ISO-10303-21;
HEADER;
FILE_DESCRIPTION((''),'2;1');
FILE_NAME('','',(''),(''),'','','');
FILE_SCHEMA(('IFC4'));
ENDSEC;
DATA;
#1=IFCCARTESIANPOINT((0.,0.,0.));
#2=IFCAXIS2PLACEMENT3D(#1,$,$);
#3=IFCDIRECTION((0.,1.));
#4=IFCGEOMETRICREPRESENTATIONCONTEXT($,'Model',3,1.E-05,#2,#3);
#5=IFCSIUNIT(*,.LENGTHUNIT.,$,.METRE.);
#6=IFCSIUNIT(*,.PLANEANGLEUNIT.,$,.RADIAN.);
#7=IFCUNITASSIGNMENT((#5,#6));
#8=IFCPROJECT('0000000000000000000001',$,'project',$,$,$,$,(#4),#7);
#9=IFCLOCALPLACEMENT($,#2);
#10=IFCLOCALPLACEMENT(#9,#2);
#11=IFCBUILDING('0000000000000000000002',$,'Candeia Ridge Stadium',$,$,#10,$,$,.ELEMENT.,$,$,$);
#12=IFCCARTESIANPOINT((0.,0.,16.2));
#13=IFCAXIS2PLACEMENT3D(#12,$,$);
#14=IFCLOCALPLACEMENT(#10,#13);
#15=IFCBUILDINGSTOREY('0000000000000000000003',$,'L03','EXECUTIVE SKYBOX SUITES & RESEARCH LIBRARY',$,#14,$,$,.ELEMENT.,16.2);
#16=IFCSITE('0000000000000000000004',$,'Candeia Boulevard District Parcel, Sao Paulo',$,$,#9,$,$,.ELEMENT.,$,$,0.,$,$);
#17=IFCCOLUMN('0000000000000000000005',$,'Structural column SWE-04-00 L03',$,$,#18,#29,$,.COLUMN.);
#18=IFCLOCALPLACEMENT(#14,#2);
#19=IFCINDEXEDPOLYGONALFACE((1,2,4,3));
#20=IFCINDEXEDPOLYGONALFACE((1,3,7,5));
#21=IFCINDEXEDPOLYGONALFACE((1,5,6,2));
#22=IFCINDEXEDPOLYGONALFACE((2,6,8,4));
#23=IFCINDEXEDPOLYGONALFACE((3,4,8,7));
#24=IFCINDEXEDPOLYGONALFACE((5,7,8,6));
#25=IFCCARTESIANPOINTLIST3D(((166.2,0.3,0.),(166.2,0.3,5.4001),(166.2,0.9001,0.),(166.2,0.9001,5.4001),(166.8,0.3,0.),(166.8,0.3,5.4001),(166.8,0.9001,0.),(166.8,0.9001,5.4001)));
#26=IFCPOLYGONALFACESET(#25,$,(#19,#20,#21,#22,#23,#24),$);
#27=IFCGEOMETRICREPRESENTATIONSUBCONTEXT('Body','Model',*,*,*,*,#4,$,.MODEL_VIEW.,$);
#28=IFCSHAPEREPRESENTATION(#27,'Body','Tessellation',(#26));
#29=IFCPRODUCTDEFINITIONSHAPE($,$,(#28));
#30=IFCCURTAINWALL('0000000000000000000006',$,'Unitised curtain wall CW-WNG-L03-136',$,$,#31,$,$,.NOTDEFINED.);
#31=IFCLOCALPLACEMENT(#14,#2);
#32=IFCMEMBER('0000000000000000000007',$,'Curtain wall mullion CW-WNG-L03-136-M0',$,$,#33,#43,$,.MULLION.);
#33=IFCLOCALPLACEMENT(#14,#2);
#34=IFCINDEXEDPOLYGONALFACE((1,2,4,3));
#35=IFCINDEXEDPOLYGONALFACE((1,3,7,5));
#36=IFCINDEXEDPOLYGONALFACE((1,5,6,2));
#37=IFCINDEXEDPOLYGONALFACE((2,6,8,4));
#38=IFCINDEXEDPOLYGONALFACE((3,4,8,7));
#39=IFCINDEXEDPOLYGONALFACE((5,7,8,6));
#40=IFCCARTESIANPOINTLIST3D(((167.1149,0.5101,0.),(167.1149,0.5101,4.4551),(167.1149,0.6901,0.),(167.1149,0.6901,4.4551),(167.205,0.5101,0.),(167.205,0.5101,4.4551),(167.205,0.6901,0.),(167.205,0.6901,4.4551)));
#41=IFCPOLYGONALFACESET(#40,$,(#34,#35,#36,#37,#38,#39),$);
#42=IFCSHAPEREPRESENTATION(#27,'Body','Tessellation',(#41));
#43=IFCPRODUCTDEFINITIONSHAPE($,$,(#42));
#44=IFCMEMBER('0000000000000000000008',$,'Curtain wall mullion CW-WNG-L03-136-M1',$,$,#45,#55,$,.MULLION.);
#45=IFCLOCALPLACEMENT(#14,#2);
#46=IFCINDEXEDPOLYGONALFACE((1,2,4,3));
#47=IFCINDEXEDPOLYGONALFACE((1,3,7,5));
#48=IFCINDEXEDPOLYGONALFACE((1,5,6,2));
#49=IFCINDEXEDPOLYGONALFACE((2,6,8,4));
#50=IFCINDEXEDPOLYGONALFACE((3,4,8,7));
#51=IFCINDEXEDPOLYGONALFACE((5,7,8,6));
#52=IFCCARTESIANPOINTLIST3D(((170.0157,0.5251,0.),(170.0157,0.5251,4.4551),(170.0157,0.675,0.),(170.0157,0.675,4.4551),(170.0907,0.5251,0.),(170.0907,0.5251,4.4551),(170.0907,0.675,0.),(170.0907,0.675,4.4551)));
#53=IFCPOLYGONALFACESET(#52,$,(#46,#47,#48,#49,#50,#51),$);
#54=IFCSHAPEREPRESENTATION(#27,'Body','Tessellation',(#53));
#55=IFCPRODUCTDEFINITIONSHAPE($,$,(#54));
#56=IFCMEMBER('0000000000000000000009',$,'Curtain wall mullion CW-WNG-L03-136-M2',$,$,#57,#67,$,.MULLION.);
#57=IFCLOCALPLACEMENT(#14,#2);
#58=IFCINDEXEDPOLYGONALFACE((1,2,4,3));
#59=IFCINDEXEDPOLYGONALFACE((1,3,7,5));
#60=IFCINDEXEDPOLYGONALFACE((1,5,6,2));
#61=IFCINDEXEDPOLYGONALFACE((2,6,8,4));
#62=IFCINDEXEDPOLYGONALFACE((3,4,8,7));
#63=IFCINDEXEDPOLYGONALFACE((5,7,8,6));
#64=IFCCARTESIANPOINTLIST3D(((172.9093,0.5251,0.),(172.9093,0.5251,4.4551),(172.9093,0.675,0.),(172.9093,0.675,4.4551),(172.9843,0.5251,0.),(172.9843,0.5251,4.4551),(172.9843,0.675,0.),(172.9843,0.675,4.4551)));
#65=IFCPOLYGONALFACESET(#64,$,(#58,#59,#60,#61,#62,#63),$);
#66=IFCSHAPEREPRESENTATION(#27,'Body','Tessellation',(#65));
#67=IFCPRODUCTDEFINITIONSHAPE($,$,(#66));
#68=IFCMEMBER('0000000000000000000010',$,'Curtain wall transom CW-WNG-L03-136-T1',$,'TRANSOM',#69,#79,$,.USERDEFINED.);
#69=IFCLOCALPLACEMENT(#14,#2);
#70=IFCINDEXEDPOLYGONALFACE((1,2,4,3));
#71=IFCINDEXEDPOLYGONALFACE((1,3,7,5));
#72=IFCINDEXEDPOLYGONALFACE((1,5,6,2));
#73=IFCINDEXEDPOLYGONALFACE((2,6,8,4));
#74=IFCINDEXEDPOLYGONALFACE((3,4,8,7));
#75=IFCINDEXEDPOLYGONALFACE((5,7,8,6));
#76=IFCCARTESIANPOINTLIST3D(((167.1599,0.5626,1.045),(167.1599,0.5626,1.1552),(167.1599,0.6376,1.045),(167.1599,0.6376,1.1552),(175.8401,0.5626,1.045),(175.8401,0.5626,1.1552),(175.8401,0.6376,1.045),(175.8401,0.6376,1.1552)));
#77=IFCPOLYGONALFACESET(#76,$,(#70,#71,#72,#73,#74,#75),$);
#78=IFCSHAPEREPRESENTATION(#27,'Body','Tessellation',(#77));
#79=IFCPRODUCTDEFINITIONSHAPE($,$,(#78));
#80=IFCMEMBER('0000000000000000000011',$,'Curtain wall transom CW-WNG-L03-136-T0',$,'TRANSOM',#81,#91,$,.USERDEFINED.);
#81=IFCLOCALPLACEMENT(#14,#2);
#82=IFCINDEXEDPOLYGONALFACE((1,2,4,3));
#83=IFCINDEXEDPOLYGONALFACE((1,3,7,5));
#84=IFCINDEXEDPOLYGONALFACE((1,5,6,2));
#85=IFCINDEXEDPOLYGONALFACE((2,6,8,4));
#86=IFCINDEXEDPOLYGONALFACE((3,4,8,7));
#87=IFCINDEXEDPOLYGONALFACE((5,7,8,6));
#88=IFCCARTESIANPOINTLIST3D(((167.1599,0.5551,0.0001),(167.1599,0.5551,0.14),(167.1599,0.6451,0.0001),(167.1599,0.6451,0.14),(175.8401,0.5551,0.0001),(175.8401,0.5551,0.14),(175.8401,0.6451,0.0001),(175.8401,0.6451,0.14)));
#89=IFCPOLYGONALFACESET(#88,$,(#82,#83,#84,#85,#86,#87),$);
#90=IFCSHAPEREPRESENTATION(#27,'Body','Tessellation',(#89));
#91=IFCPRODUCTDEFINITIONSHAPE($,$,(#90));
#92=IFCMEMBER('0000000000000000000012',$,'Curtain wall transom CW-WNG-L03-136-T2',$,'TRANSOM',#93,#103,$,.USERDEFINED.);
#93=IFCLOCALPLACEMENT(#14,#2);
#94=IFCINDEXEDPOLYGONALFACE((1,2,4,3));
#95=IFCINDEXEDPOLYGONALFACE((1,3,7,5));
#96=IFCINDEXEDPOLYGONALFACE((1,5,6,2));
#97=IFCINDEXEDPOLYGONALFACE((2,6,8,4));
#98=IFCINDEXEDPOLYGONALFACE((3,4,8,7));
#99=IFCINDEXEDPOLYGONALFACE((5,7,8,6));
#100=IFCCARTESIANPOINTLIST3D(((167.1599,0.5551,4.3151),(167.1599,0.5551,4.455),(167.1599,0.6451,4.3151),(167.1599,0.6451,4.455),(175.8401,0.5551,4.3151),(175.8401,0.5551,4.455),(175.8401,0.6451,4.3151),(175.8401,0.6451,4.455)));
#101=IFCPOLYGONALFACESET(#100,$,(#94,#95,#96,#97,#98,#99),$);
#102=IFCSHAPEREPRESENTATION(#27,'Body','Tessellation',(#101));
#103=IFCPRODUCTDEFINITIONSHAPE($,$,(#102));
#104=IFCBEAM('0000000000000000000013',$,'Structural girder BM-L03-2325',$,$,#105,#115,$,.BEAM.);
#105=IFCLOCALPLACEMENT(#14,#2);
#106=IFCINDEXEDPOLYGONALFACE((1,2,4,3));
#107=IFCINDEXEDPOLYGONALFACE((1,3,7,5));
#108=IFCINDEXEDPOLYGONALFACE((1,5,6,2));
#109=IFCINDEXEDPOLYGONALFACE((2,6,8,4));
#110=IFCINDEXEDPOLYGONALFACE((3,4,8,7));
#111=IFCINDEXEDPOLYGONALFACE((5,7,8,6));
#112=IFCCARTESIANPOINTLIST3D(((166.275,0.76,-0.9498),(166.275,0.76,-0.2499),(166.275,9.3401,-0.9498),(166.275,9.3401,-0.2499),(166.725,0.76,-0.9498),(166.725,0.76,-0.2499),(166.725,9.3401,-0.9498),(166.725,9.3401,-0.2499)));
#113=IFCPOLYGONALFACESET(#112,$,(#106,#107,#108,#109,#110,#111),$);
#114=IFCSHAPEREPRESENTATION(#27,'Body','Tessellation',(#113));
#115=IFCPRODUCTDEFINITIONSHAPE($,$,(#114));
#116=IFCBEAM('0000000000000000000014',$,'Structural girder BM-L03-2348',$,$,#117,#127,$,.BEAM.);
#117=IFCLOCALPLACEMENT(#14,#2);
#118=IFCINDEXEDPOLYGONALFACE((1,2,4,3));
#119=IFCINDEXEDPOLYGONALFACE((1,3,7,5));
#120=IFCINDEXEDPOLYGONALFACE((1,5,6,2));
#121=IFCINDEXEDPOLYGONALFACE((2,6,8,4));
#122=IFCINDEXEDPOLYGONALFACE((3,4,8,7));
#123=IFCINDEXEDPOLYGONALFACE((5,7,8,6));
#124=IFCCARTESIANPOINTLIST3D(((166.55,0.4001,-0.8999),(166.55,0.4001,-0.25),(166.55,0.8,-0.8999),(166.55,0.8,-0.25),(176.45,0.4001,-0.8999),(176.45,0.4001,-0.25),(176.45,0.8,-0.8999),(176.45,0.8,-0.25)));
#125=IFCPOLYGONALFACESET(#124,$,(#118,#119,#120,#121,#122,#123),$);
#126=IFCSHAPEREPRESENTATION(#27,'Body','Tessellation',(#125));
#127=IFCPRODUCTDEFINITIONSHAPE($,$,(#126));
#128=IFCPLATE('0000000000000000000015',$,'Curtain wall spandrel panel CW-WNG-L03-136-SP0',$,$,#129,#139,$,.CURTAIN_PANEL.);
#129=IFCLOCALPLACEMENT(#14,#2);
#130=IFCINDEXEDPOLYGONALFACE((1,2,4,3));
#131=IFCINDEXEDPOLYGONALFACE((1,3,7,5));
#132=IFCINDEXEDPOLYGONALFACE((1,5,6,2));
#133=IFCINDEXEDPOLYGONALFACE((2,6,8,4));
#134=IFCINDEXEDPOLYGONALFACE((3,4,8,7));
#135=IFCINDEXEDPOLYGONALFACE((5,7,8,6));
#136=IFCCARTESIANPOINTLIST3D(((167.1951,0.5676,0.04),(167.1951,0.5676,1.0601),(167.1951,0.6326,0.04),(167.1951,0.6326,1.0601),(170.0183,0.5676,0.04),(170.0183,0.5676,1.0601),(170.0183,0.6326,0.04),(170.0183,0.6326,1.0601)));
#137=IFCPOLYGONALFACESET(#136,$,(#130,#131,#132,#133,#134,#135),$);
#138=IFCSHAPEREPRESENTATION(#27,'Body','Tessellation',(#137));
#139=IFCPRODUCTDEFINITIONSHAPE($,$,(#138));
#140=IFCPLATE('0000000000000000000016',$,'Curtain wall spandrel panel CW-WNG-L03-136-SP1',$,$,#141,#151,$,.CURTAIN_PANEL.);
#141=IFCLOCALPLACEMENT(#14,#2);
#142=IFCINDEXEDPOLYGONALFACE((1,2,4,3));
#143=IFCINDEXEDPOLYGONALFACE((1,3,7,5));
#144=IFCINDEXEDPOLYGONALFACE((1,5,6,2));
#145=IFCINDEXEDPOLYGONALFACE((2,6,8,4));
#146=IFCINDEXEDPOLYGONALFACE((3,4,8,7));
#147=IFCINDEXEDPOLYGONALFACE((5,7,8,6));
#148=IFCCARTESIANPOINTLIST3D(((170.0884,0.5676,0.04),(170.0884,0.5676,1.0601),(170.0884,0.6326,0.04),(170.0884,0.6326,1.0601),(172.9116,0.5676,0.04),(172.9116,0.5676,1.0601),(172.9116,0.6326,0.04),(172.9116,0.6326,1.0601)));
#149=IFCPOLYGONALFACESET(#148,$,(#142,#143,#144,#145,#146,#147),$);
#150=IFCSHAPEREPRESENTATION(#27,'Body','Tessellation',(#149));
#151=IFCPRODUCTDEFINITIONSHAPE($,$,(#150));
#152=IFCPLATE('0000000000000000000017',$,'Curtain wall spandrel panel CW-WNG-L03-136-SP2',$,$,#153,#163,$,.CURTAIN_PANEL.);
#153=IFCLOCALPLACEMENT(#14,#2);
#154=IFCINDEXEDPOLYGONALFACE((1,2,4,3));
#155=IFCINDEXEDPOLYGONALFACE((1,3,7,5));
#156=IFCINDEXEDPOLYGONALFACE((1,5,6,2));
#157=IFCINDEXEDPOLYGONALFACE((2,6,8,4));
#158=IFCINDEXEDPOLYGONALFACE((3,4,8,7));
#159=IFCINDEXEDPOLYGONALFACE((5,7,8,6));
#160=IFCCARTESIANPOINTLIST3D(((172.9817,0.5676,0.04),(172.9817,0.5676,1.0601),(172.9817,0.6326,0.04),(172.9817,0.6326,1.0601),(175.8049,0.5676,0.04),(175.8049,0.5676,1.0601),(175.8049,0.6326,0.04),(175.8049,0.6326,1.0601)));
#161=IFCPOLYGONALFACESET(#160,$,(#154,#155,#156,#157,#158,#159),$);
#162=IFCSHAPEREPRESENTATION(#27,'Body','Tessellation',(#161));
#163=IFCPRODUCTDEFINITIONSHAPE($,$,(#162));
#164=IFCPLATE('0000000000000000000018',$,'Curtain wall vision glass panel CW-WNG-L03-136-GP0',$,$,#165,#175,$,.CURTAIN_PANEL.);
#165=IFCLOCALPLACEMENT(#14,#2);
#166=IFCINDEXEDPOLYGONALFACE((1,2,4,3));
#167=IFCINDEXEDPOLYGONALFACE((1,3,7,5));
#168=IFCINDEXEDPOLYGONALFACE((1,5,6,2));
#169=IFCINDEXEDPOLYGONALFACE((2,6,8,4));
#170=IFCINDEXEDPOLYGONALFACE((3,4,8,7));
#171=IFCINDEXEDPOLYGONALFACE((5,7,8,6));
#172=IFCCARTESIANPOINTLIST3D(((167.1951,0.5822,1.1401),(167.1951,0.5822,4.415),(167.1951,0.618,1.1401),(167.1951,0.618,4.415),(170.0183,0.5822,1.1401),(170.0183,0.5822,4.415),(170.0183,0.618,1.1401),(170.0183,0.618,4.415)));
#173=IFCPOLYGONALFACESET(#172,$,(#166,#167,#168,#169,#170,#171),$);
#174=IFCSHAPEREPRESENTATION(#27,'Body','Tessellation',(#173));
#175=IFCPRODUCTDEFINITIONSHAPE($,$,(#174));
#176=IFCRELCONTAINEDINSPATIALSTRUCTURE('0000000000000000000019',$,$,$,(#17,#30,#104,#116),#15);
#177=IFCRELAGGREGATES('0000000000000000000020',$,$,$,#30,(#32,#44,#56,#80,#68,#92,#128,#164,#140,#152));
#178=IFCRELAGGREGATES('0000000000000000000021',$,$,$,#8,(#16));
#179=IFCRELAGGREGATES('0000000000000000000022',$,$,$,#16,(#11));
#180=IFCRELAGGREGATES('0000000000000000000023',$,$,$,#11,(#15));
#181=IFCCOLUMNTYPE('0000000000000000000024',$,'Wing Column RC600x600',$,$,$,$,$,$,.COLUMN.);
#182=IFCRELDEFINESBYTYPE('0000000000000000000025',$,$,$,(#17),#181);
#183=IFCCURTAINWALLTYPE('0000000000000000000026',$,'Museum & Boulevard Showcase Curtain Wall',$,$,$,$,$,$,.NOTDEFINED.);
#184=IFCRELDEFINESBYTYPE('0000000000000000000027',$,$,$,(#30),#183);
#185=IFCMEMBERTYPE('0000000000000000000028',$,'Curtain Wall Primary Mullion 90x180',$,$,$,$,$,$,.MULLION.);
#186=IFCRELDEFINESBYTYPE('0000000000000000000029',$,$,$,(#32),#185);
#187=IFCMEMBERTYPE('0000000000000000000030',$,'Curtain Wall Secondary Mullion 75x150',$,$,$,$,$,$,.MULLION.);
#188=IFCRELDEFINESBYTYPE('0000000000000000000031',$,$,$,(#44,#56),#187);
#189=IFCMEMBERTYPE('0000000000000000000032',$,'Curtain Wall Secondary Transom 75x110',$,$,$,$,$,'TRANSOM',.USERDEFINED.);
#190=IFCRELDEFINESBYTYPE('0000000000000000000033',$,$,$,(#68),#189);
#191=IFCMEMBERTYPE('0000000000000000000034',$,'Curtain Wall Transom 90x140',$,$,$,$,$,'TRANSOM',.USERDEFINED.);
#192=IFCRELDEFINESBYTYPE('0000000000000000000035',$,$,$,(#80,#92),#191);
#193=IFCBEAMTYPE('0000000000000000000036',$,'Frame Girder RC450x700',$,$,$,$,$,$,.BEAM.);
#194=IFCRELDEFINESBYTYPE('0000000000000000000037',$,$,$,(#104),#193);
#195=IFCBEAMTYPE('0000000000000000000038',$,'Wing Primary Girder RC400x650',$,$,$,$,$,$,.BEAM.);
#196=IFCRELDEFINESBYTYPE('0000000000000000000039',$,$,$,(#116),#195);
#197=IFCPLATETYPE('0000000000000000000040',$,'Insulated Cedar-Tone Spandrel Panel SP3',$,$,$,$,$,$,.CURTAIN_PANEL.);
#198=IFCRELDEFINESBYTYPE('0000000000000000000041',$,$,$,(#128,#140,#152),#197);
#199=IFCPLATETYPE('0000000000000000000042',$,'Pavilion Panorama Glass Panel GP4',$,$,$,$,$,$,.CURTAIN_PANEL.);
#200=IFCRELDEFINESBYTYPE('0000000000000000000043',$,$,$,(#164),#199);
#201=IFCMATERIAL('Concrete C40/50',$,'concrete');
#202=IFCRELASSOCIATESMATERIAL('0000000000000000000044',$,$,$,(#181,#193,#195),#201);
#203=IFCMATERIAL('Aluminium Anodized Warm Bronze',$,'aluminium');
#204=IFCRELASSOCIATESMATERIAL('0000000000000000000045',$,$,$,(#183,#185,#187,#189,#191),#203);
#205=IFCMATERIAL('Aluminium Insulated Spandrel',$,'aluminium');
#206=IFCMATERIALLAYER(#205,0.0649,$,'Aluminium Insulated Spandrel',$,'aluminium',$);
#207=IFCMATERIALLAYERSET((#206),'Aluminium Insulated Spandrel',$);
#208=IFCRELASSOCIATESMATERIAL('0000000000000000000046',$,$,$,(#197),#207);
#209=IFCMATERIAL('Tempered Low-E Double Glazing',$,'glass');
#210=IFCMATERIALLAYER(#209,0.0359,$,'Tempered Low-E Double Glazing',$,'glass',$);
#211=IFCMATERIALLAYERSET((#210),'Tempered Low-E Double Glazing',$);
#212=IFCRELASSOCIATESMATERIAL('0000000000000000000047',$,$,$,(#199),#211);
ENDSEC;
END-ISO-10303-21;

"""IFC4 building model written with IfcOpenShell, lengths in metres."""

from ifc_helpers import new_model, si_unit, direction, frame, origin, origin_2d, place, context, subcontext, project, spatial, rectangle, extrude, material, layer, layer_set, material_profile, profile_set, type_object, element, aggregate, save


model = new_model("IFC4")

# Units and contexts
model_context = context("Model", 3, precision=1e-05, world=origin(), true_north=direction((0.0, 1.0)))
body_context = subcontext(model_context, "Body", "Model", "MODEL_VIEW")
ifc_project = project(units=[si_unit("LENGTHUNIT", "METRE"), si_unit("PLANEANGLEUNIT", "RADIAN")], contexts=[model_context])

# Site, building, storey
site_placement = place(None, origin())
site = spatial("IfcSite", under=ifc_project, at=site_placement, Name="Candeia Boulevard District Parcel, Sao Paulo", CompositionType="ELEMENT", RefElevation=0.0)
building_placement = place(site_placement, origin())
building = spatial("IfcBuilding", under=site, at=building_placement, Name="Candeia Ridge Stadium", CompositionType="ELEMENT")
storey_placement = place(building_placement, frame((0.0, 0.0, 16.2)))
storey = spatial("IfcBuildingStorey", under=building, at=storey_placement, Name="L03", Description="EXECUTIVE SKYBOX SUITES & RESEARCH LIBRARY", CompositionType="ELEMENT", Elevation=16.2)

# Column
ifc_material_1 = material(Name="Concrete C40/50", Category="concrete")
ifc_material_profile_1 = material_profile(ifc_material_1, rectangle(XDim=0.6001, YDim=0.6001, at=origin_2d()), Name="RC600x600", Category="concrete")
ifc_profile_set_1 = profile_set([ifc_material_profile_1], Name="Concrete C40/50")
column_type = type_object("IfcColumnType", Name="Wing Column RC600x600", PredefinedType="COLUMN", material=ifc_profile_set_1)
column_placement = place(storey_placement, frame((166.5, 0.6001, 0.0), z_axis=(0.0, 0.0, 1.0), x_axis=(1.0, 0.0, 0.0)))
element("IfcColumn", 1, at=column_placement, inside=storey, type_object=column_type, Name="Structural column SWE-04-00 L03", PredefinedType="COLUMN", context=body_context, shape_type="SweptSolid", body=[
    extrude(rectangle(XDim=0.6001, YDim=0.6001, at=origin_2d()), origin(), (0.0, 0.0, 1.0), 5.4001),
])

# Curtain wall, members
ifc_material_2 = material(Name="Aluminium Anodized Warm Bronze", Category="aluminium")
curtain_wall_type = type_object("IfcCurtainWallType", Name="Museum & Boulevard Showcase Curtain Wall", PredefinedType="NOTDEFINED", material=ifc_material_2)
curtain_wall_placement = place(storey_placement, origin())
curtain_wall = element("IfcCurtainWall", 2, at=curtain_wall_placement, inside=storey, type_object=curtain_wall_type, Name="Unitised curtain wall CW-WNG-L03-136", PredefinedType="NOTDEFINED")
ifc_material_profile_2 = material_profile(ifc_material_2, rectangle(XDim=0.0901, YDim=0.1799, at=origin_2d()), Name="CWM-90x180", Category="aluminium")
ifc_profile_set_2 = profile_set([ifc_material_profile_2], Name="Aluminium Anodized Warm Bronze")
member_type_1 = type_object("IfcMemberType", Name="Curtain Wall Primary Mullion 90x180", PredefinedType="MULLION", material=ifc_profile_set_2)
member_1_placement = place(storey_placement, frame((167.1599, 0.6001, 0.0), z_axis=(0.0, 0.0, 1.0), x_axis=(1.0, 0.0, 0.0)))
member_1 = element("IfcMember", 3, at=member_1_placement, type_object=member_type_1, Name="Curtain wall mullion CW-WNG-L03-136-M0", PredefinedType="MULLION", context=body_context, shape_type="SweptSolid", body=[
    extrude(rectangle(XDim=0.0901, YDim=0.1799, at=origin_2d()), origin(), (0.0, 0.0, 1.0), 4.4551),
])
ifc_material_profile_3 = material_profile(ifc_material_2, rectangle(XDim=0.075, YDim=0.1499, at=origin_2d()), Name="CWM-75x150", Category="aluminium")
ifc_profile_set_3 = profile_set([ifc_material_profile_3], Name="Aluminium Anodized Warm Bronze")
member_type_2 = type_object("IfcMemberType", Name="Curtain Wall Secondary Mullion 75x150", PredefinedType="MULLION", material=ifc_profile_set_3)
member_2_placement = place(storey_placement, frame((170.0532, 0.6001, 0.0), z_axis=(0.0, 0.0, 1.0), x_axis=(1.0, 0.0, 0.0)))
member_2 = element("IfcMember", 4, at=member_2_placement, type_object=member_type_2, Name="Curtain wall mullion CW-WNG-L03-136-M1", PredefinedType="MULLION", context=body_context, shape_type="SweptSolid", body=[
    extrude(rectangle(XDim=0.075, YDim=0.1499, at=origin_2d()), origin(), (0.0, 0.0, 1.0), 4.4551),
])
member_3_placement = place(storey_placement, frame((172.9468, 0.6001, 0.0), z_axis=(0.0, 0.0, 1.0), x_axis=(1.0, 0.0, 0.0)))
member_3 = element("IfcMember", 5, at=member_3_placement, type_object=member_type_2, Name="Curtain wall mullion CW-WNG-L03-136-M2", PredefinedType="MULLION", context=body_context, shape_type="SweptSolid", body=[
    extrude(rectangle(XDim=0.075, YDim=0.1499, at=origin_2d()), origin(), (0.0, 0.0, 1.0), 4.4551),
])
ifc_material_profile_4 = material_profile(ifc_material_2, rectangle(XDim=0.075, YDim=0.1101, at=origin_2d()), Name="CWT-75x110", Category="aluminium")
ifc_profile_set_4 = profile_set([ifc_material_profile_4], Name="Aluminium Anodized Warm Bronze")
member_type_3 = type_object("IfcMemberType", Name="Curtain Wall Secondary Transom 75x110", ElementType="TRANSOM", PredefinedType="USERDEFINED", material=ifc_profile_set_4)
member_4_placement = place(storey_placement, frame((167.1599, 0.6001, 1.1001), z_axis=(1.0, 0.0, 0.0), x_axis=(0.0, 1.0, 0.0)))
member_4 = element("IfcMember", 6, at=member_4_placement, type_object=member_type_3, Name="Curtain wall transom CW-WNG-L03-136-T1", ObjectType="TRANSOM", PredefinedType="USERDEFINED", context=body_context, shape_type="SweptSolid", body=[
    extrude(rectangle(XDim=0.075, YDim=0.1101, at=origin_2d()), origin(), (0.0, 0.0, 1.0), 8.6802),
])
ifc_material_profile_5 = material_profile(ifc_material_2, rectangle(XDim=0.0901, YDim=0.1399, at=origin_2d()), Name="CWT-90x140", Category="aluminium")
ifc_profile_set_5 = profile_set([ifc_material_profile_5], Name="Aluminium Anodized Warm Bronze")
member_type_4 = type_object("IfcMemberType", Name="Curtain Wall Transom 90x140", ElementType="TRANSOM", PredefinedType="USERDEFINED", material=ifc_profile_set_5)
member_5_placement = place(storey_placement, frame((167.1599, 0.6001, 0.0701), z_axis=(1.0, 0.0, 0.0), x_axis=(0.0, 1.0, 0.0)))
member_5 = element("IfcMember", 7, at=member_5_placement, type_object=member_type_4, Name="Curtain wall transom CW-WNG-L03-136-T0", ObjectType="TRANSOM", PredefinedType="USERDEFINED", context=body_context, shape_type="SweptSolid", body=[
    extrude(rectangle(XDim=0.0901, YDim=0.1399, at=origin_2d()), origin(), (0.0, 0.0, 1.0), 8.6802),
])
member_6_placement = place(storey_placement, frame((167.1599, 0.6001, 4.385), z_axis=(1.0, 0.0, 0.0), x_axis=(0.0, 1.0, 0.0)))
member_6 = element("IfcMember", 8, at=member_6_placement, type_object=member_type_4, Name="Curtain wall transom CW-WNG-L03-136-T2", ObjectType="TRANSOM", PredefinedType="USERDEFINED", context=body_context, shape_type="SweptSolid", body=[
    extrude(rectangle(XDim=0.0901, YDim=0.1399, at=origin_2d()), origin(), (0.0, 0.0, 1.0), 8.6802),
])

# Beams
ifc_material_profile_6 = material_profile(ifc_material_1, rectangle(XDim=0.45, YDim=0.7, at=origin_2d()), Name="RC450x700", Category="concrete")
ifc_profile_set_6 = profile_set([ifc_material_profile_6], Name="Concrete C40/50")
beam_type_1 = type_object("IfcBeamType", Name="Frame Girder RC450x700", PredefinedType="BEAM", material=ifc_profile_set_6)
beam_1_placement = place(storey_placement, frame((166.5, 0.76, -0.5999), z_axis=(0.0, 1.0, 0.0), x_axis=(-1.0, 0.0, 0.0)))
element("IfcBeam", 9, at=beam_1_placement, inside=storey, type_object=beam_type_1, Name="Structural girder BM-L03-2325", PredefinedType="BEAM", context=body_context, shape_type="SweptSolid", body=[
    extrude(rectangle(XDim=0.45, YDim=0.7, at=origin_2d()), origin(), (0.0, 0.0, 1.0), 8.5801),
])
ifc_material_profile_7 = material_profile(ifc_material_1, rectangle(XDim=0.3999, YDim=0.6499, at=origin_2d()), Name="RC400x650", Category="concrete")
ifc_profile_set_7 = profile_set([ifc_material_profile_7], Name="Concrete C40/50")
beam_type_2 = type_object("IfcBeamType", Name="Wing Primary Girder RC400x650", PredefinedType="BEAM", material=ifc_profile_set_7)
beam_2_placement = place(storey_placement, frame((166.55, 0.6001, -0.575), z_axis=(1.0, 0.0, 0.0), x_axis=(0.0, 1.0, 0.0)))
element("IfcBeam", 10, at=beam_2_placement, inside=storey, type_object=beam_type_2, Name="Structural girder BM-L03-2348", PredefinedType="BEAM", context=body_context, shape_type="SweptSolid", body=[
    extrude(rectangle(XDim=0.3999, YDim=0.6499, at=origin_2d()), origin(), (0.0, 0.0, 1.0), 9.8999),
])

# Plates
ifc_material_3 = material(Name="Aluminium Insulated Spandrel", Category="aluminium")
ifc_layer_1 = layer(ifc_material_3, 0.0649, Name="Aluminium Insulated Spandrel", Category="aluminium")
ifc_layer_set_1 = layer_set([ifc_layer_1], Name="Aluminium Insulated Spandrel")
plate_type_1 = type_object("IfcPlateType", Name="Insulated Cedar-Tone Spandrel Panel SP3", PredefinedType="CURTAIN_PANEL", material=ifc_layer_set_1)
plate_1_placement = place(storey_placement, frame((168.6067, 0.6001, 0.04), z_axis=(0.0, 0.0, 1.0), x_axis=(1.0, 0.0, 0.0)))
plate_1 = element("IfcPlate", 11, at=plate_1_placement, type_object=plate_type_1, Name="Curtain wall spandrel panel CW-WNG-L03-136-SP0", PredefinedType="CURTAIN_PANEL", context=body_context, shape_type="SweptSolid", body=[
    extrude(rectangle(XDim=2.8232, YDim=0.0649, at=origin_2d()), origin(), (0.0, 0.0, 1.0), 1.02),
])
plate_2_placement = place(storey_placement, frame((171.5, 0.6001, 0.04), z_axis=(0.0, 0.0, 1.0), x_axis=(1.0, 0.0, 0.0)))
plate_2 = element("IfcPlate", 12, at=plate_2_placement, type_object=plate_type_1, Name="Curtain wall spandrel panel CW-WNG-L03-136-SP1", PredefinedType="CURTAIN_PANEL", context=body_context, shape_type="SweptSolid", body=[
    extrude(rectangle(XDim=2.8232, YDim=0.0649, at=origin_2d()), origin(), (0.0, 0.0, 1.0), 1.02),
])
plate_3_placement = place(storey_placement, frame((174.3933, 0.6001, 0.04), z_axis=(0.0, 0.0, 1.0), x_axis=(1.0, 0.0, 0.0)))
plate_3 = element("IfcPlate", 13, at=plate_3_placement, type_object=plate_type_1, Name="Curtain wall spandrel panel CW-WNG-L03-136-SP2", PredefinedType="CURTAIN_PANEL", context=body_context, shape_type="SweptSolid", body=[
    extrude(rectangle(XDim=2.8232, YDim=0.0649, at=origin_2d()), origin(), (0.0, 0.0, 1.0), 1.02),
])
ifc_material_4 = material(Name="Tempered Low-E Double Glazing", Category="glass")
ifc_layer_2 = layer(ifc_material_4, 0.0359, Name="Tempered Low-E Double Glazing", Category="glass")
ifc_layer_set_2 = layer_set([ifc_layer_2], Name="Tempered Low-E Double Glazing")
plate_type_2 = type_object("IfcPlateType", Name="Pavilion Panorama Glass Panel GP4", PredefinedType="CURTAIN_PANEL", material=ifc_layer_set_2)
plate_4_placement = place(storey_placement, frame((168.6067, 0.6001, 1.1401), z_axis=(0.0, 0.0, 1.0), x_axis=(1.0, 0.0, 0.0)))
plate_4 = element("IfcPlate", 14, at=plate_4_placement, type_object=plate_type_2, Name="Curtain wall vision glass panel CW-WNG-L03-136-GP0", PredefinedType="CURTAIN_PANEL", context=body_context, shape_type="SweptSolid", body=[
    extrude(rectangle(XDim=2.8232, YDim=0.0359, at=origin_2d()), origin(), (0.0, 0.0, 1.0), 3.2749),
])
aggregate(curtain_wall, [member_1, member_2, member_3, member_5, member_4, member_6, plate_1, plate_4, plate_2, plate_3])

save(model, "model.ifc")
